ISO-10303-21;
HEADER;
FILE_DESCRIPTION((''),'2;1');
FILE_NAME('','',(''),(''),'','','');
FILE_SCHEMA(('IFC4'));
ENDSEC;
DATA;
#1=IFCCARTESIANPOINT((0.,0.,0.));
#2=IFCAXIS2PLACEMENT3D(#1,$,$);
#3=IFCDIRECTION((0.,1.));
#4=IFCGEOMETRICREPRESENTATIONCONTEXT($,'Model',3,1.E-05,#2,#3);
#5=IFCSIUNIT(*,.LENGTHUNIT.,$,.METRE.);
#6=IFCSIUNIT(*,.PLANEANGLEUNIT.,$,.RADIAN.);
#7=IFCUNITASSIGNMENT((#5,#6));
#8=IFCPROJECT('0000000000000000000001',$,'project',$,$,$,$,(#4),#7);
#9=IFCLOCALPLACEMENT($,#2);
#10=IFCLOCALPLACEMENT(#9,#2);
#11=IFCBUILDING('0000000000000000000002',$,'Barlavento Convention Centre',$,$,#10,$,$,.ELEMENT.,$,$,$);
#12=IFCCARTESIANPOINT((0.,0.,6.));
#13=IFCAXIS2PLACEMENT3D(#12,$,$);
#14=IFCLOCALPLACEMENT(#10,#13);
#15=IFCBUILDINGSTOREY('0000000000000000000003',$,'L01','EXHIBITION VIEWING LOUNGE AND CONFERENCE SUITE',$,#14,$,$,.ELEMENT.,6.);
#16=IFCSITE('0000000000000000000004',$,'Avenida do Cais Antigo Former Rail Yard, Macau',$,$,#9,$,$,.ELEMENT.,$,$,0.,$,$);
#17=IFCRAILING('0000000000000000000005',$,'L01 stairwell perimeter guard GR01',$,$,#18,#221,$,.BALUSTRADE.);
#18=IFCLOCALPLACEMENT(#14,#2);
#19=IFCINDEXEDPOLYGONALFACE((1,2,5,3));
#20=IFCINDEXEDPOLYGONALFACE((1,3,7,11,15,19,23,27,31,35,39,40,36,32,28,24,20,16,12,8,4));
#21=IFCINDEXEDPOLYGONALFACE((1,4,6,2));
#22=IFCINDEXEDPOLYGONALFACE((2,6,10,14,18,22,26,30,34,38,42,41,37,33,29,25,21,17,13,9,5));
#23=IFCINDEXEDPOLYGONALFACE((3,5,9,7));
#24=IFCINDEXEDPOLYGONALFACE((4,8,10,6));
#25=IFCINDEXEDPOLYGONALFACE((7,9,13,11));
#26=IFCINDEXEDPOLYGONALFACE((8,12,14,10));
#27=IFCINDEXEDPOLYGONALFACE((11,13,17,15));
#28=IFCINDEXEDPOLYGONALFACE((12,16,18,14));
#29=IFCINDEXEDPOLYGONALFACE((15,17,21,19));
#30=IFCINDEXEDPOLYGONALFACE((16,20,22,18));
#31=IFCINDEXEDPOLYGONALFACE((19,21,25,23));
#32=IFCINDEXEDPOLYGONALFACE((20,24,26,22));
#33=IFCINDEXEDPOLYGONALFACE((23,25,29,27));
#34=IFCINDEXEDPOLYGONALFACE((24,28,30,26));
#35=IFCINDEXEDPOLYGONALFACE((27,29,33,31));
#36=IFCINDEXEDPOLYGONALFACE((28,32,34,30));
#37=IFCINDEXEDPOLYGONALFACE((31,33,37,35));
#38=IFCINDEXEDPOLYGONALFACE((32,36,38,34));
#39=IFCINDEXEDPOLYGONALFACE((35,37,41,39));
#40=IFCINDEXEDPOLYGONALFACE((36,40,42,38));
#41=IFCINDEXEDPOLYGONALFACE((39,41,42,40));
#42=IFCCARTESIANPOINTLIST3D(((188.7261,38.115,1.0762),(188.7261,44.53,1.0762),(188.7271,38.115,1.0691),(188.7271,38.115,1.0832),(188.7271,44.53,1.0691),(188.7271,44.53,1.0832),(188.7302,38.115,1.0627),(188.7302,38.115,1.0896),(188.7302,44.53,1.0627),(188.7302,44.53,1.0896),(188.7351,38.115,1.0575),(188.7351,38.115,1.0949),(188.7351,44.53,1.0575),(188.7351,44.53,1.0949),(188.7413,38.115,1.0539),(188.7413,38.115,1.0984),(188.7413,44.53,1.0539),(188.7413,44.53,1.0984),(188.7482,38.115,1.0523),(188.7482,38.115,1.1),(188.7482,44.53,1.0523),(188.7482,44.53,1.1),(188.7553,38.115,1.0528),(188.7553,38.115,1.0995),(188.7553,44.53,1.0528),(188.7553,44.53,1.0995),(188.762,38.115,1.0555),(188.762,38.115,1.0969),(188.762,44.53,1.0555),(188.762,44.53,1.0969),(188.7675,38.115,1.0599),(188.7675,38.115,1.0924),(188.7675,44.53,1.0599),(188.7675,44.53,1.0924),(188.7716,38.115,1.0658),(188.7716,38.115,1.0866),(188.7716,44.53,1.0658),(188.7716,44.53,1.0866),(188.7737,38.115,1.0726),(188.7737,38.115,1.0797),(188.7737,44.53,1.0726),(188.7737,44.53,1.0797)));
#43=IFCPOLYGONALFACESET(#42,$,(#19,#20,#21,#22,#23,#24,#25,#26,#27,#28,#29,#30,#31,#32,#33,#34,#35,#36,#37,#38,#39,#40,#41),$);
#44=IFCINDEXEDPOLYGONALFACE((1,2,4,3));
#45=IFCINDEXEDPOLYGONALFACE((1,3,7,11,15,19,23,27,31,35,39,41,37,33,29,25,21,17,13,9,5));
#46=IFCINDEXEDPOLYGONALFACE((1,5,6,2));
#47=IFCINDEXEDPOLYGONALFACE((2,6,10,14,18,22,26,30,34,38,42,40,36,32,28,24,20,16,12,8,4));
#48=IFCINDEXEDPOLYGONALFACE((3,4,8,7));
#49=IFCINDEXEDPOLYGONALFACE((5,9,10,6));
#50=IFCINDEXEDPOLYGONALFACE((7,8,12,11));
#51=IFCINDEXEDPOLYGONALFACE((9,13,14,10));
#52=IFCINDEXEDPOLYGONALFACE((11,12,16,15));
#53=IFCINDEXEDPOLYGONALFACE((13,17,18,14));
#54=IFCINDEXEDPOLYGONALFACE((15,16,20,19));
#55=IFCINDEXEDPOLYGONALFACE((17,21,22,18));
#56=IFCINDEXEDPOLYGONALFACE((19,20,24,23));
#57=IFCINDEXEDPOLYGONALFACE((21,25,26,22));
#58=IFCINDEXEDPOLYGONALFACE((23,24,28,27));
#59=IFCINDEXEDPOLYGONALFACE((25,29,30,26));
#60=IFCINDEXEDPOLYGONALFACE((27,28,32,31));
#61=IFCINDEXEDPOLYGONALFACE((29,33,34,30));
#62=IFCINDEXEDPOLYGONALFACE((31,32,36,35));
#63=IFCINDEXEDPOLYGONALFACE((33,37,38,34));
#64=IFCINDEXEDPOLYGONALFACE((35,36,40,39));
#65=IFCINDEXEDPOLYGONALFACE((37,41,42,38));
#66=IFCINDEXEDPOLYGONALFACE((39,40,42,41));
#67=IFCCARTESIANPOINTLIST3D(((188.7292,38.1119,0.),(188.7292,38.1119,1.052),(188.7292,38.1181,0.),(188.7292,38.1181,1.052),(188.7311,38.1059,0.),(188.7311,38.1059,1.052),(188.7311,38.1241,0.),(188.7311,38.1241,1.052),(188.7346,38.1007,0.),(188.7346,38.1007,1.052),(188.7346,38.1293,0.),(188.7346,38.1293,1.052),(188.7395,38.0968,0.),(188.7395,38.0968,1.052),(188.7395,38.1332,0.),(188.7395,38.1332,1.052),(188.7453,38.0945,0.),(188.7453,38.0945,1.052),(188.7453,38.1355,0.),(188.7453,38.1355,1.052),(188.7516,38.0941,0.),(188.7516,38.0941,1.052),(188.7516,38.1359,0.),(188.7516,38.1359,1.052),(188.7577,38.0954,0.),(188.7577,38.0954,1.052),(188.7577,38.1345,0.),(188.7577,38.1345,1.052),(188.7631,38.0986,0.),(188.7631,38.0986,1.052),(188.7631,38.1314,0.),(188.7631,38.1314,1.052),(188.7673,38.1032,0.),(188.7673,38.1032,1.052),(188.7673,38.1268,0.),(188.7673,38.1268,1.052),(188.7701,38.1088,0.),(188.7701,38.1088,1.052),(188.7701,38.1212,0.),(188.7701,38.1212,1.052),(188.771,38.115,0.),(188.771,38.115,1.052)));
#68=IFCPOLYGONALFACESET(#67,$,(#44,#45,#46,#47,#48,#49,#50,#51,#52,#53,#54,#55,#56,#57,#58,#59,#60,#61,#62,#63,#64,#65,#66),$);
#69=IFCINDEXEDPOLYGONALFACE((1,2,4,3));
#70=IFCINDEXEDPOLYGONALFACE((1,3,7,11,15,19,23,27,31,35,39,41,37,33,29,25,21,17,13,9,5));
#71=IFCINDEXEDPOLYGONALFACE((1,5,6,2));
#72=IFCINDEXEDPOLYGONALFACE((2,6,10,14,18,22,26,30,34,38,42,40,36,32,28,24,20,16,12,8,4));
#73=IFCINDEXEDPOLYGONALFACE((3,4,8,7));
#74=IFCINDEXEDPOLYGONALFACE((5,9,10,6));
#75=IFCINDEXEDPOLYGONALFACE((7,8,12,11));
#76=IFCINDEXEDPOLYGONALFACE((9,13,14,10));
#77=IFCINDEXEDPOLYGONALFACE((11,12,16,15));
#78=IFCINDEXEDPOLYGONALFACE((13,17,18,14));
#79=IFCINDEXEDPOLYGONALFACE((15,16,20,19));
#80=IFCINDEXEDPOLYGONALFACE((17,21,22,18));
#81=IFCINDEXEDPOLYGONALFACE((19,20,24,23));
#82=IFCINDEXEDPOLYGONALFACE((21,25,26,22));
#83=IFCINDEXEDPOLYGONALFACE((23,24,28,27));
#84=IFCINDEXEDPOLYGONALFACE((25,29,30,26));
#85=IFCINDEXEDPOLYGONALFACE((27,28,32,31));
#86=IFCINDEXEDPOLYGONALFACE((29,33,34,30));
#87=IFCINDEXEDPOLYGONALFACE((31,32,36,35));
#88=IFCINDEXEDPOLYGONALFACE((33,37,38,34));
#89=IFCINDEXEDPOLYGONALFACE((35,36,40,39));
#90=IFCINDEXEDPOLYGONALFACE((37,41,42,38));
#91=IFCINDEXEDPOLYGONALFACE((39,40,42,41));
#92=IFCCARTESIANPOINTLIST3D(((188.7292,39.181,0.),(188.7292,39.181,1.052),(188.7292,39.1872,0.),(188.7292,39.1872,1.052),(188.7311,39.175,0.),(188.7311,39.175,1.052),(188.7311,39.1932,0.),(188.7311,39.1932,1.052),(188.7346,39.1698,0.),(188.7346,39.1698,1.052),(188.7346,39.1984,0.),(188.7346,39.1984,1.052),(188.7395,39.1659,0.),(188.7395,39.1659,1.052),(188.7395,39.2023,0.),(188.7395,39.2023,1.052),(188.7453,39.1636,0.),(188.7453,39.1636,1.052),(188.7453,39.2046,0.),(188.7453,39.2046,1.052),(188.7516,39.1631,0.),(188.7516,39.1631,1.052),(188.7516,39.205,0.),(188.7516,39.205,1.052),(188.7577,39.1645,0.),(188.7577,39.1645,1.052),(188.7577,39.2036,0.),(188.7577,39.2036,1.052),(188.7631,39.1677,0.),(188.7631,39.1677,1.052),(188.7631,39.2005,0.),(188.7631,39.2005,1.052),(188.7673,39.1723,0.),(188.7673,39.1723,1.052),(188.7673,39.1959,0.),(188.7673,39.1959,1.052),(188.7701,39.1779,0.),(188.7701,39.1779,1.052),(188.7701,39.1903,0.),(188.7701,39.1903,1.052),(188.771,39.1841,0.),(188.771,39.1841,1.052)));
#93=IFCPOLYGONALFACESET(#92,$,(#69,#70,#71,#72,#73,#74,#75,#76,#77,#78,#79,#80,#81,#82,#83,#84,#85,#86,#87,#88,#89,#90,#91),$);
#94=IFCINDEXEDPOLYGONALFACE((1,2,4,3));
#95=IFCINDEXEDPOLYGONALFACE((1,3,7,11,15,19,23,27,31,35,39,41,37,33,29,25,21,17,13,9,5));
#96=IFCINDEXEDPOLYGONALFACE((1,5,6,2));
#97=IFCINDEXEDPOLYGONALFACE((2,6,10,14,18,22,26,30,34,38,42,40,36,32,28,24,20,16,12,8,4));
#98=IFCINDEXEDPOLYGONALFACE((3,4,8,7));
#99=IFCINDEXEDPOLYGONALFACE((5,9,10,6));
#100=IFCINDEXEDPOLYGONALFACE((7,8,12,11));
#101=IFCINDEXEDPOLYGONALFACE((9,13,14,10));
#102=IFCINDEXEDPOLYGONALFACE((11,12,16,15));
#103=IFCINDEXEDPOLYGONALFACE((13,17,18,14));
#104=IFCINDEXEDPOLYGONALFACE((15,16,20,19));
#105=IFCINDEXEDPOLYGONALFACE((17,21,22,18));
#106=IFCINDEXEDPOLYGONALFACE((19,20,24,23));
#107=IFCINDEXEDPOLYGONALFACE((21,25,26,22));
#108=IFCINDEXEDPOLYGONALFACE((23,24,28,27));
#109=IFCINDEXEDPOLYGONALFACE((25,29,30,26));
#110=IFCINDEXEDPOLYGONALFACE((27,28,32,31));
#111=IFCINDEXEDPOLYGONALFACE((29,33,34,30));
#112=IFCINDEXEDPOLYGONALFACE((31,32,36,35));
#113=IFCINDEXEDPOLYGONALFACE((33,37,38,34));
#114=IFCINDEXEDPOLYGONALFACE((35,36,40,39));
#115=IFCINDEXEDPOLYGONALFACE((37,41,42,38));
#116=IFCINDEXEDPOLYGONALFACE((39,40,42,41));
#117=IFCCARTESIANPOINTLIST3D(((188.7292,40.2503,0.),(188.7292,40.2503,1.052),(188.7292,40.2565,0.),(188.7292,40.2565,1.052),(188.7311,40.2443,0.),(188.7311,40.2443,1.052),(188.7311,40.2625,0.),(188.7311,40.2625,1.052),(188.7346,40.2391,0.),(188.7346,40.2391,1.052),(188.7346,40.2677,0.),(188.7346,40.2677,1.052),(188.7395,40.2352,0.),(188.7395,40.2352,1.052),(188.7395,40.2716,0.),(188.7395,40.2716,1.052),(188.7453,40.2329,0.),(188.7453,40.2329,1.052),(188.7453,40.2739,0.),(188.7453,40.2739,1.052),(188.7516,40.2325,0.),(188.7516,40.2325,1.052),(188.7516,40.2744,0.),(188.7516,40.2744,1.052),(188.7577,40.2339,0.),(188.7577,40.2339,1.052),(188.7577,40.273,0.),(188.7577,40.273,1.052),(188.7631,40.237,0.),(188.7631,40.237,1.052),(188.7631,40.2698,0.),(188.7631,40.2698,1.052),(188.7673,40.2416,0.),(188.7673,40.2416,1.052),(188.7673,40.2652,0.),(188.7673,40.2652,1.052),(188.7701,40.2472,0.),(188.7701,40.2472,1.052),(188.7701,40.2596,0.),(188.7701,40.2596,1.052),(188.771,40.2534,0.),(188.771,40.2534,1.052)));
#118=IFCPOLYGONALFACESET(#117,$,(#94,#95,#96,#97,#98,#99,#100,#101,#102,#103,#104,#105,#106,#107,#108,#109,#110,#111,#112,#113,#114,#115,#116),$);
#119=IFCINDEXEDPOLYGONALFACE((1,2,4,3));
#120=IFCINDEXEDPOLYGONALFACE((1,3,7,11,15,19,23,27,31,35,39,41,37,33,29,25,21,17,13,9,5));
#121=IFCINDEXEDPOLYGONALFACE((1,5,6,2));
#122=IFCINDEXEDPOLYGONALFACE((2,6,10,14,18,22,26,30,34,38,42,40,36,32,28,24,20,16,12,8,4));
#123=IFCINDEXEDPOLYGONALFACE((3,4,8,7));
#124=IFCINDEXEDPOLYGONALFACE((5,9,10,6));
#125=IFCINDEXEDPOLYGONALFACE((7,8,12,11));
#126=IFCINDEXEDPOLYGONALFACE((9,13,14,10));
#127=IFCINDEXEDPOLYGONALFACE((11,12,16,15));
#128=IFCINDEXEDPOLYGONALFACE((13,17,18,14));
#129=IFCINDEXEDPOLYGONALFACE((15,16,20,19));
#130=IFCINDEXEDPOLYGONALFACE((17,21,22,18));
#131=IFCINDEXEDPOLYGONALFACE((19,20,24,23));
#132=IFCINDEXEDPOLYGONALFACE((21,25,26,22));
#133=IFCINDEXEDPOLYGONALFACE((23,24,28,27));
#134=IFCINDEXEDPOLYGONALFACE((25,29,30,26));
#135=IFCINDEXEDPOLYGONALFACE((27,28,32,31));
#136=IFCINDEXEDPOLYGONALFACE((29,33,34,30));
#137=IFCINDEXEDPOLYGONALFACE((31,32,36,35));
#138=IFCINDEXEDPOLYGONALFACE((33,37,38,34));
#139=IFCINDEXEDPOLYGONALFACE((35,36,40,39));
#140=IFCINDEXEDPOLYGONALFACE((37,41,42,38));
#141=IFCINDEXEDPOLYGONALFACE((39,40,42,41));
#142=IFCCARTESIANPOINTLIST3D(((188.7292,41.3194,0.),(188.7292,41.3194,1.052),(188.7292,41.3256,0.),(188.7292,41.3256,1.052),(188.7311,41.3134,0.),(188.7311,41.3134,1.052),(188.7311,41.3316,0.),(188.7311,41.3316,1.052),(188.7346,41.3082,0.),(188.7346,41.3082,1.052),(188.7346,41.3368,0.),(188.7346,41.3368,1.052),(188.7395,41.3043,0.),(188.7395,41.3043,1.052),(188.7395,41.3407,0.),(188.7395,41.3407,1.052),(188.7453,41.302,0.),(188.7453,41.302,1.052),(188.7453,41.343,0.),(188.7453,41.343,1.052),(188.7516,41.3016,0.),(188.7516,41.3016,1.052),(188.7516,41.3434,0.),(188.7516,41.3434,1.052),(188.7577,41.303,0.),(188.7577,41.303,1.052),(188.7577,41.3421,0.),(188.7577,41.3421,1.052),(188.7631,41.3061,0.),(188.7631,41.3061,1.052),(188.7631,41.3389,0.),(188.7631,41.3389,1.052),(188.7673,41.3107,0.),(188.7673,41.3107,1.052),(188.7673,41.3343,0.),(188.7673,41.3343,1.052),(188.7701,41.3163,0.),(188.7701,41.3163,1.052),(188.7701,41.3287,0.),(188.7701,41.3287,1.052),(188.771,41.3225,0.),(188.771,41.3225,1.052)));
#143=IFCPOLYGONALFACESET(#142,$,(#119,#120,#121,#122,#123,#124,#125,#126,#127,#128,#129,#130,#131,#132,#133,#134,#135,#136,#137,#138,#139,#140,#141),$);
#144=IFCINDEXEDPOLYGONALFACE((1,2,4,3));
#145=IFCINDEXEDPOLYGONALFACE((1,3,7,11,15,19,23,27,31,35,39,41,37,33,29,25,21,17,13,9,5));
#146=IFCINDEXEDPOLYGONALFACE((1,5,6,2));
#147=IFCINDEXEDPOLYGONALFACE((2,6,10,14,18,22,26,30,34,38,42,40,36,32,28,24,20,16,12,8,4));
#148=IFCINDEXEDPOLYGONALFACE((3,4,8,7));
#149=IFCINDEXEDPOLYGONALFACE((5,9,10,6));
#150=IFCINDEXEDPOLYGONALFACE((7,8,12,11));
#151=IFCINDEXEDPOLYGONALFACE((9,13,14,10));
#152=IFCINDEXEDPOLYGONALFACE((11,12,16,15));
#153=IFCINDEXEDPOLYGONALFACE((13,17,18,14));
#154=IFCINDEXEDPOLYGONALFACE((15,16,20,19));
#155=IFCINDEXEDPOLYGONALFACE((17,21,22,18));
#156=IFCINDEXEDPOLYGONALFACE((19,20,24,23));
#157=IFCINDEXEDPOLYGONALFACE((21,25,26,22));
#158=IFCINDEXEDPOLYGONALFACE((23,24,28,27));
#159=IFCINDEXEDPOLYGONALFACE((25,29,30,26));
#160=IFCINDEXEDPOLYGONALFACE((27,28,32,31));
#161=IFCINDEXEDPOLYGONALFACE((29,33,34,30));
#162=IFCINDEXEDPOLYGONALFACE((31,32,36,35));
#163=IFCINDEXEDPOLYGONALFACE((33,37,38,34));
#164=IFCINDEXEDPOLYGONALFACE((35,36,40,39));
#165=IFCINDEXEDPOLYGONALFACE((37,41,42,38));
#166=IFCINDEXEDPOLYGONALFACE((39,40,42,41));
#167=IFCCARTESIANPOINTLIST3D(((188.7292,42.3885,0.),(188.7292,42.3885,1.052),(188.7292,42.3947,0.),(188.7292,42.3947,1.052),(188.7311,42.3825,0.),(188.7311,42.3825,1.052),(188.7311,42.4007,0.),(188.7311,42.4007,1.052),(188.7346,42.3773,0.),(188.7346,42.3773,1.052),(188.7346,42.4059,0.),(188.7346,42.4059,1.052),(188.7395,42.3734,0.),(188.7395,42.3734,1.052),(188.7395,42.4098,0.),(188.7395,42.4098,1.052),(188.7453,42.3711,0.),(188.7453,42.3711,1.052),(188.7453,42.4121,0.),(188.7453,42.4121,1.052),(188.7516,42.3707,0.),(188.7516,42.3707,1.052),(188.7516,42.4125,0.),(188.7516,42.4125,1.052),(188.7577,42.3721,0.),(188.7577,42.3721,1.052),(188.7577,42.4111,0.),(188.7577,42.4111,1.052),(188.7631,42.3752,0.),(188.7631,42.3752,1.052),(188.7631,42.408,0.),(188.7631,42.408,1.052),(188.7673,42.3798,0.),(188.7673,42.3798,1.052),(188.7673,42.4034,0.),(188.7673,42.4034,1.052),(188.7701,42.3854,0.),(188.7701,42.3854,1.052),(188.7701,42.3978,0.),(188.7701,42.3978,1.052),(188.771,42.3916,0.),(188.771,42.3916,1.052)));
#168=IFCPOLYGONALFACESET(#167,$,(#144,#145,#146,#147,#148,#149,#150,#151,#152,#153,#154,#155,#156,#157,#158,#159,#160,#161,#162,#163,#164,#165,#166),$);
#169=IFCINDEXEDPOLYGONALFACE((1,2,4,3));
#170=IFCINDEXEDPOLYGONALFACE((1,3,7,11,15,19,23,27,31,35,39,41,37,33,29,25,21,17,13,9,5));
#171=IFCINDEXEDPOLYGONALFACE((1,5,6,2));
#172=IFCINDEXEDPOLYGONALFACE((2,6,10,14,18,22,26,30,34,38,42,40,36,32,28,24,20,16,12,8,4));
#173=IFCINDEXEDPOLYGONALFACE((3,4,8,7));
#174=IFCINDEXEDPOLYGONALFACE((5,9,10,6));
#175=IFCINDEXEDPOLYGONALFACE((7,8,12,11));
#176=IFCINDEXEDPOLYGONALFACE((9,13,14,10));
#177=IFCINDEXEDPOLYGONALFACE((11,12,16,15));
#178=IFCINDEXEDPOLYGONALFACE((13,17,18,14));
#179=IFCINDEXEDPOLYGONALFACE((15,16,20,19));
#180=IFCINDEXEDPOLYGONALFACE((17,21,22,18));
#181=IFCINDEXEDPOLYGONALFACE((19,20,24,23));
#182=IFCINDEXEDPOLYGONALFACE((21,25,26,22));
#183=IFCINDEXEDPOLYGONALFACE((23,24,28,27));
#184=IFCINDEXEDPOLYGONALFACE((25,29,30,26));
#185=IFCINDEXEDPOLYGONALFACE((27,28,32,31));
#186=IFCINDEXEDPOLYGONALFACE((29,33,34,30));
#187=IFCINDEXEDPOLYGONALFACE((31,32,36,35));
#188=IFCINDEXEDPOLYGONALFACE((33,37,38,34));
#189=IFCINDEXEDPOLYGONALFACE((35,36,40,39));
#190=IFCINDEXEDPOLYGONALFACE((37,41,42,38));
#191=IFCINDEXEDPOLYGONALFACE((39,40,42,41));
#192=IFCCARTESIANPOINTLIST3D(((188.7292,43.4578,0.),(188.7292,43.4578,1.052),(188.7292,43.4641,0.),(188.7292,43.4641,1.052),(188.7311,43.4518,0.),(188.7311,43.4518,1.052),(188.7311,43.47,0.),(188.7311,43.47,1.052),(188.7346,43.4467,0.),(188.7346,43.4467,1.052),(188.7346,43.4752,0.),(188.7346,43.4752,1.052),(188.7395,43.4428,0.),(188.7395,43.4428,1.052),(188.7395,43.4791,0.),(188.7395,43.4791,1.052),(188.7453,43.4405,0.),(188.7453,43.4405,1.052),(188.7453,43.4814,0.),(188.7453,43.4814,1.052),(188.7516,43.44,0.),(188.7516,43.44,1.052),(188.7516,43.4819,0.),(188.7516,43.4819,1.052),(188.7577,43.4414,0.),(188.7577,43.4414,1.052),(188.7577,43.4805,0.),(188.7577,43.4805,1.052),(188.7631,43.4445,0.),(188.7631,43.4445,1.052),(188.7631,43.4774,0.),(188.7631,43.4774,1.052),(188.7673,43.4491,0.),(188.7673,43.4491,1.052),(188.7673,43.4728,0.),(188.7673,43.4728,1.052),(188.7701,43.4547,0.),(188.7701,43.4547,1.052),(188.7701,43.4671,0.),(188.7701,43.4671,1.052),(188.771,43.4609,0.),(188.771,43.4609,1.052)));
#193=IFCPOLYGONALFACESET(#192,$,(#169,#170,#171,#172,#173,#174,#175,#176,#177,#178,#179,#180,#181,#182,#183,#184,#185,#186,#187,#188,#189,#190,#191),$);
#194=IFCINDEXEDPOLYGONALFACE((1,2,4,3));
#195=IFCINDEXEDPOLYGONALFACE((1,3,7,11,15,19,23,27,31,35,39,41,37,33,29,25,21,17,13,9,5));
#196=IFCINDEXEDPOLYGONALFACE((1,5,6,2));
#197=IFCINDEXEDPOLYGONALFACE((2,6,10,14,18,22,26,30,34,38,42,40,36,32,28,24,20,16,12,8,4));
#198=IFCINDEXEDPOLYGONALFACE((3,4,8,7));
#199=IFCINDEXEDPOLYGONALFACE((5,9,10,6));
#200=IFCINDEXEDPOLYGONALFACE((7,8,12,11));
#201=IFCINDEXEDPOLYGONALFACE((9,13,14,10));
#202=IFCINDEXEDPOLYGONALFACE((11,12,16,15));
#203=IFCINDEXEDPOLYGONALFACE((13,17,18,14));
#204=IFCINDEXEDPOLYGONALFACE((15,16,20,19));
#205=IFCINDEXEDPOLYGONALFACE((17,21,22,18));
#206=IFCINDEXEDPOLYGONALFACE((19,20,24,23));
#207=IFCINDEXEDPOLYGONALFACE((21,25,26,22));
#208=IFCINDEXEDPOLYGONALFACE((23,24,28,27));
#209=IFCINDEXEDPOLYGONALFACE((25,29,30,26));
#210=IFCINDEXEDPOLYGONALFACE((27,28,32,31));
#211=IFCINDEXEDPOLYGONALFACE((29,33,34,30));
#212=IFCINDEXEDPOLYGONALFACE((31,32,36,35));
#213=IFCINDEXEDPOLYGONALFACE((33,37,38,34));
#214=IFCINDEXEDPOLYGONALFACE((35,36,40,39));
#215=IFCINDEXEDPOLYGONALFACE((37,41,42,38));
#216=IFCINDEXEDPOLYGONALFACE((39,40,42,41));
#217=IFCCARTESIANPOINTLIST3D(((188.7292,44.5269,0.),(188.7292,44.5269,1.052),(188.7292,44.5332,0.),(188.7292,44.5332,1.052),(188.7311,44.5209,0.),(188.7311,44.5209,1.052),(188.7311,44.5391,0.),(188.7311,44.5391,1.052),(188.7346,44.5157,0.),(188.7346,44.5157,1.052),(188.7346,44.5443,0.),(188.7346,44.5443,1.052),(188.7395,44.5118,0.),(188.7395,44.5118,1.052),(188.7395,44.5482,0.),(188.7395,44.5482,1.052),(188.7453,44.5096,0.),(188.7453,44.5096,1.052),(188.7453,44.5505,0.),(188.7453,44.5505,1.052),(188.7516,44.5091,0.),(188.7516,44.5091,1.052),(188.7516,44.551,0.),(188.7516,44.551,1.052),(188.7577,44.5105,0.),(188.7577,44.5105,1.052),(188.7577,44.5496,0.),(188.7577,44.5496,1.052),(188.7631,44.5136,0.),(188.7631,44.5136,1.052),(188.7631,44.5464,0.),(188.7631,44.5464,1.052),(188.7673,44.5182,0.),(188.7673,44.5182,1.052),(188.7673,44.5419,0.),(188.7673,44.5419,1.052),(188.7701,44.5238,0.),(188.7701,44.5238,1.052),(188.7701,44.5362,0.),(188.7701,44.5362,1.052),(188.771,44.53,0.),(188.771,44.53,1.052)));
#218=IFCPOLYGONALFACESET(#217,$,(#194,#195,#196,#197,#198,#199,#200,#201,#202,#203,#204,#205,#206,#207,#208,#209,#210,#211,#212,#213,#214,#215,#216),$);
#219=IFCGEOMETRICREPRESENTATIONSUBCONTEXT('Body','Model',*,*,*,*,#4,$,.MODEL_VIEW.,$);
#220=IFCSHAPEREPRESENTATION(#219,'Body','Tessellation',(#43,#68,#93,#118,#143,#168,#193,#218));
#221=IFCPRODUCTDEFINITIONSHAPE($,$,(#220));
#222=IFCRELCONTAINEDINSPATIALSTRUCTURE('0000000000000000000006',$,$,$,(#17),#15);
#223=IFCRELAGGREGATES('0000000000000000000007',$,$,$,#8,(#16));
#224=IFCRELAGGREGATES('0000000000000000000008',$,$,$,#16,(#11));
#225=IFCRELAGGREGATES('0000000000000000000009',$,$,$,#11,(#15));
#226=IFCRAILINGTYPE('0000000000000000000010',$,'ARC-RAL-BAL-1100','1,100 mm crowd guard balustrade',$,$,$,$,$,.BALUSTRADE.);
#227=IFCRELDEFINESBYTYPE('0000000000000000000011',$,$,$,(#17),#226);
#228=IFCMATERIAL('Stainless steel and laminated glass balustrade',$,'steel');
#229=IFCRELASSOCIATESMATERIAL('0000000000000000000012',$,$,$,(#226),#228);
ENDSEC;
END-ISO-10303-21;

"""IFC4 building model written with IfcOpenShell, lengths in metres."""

from ifc_helpers import new_model, si_unit, direction, frame, origin, origin_2d, place, context, subcontext, project, spatial, circle, extrude, material, type_object, element, save


model = new_model("IFC4")

# Units and contexts
model_context = context("Model", 3, precision=1e-05, world=origin(), true_north=direction((0.0, 1.0)))
body_context = subcontext(model_context, "Body", "Model", "MODEL_VIEW")
ifc_project = project(units=[si_unit("LENGTHUNIT", "METRE"), si_unit("PLANEANGLEUNIT", "RADIAN")], contexts=[model_context])

# Site, building, storey
site_placement = place(None, origin())
site = spatial("IfcSite", under=ifc_project, at=site_placement, Name="Avenida do Cais Antigo Former Rail Yard, Macau", CompositionType="ELEMENT", RefElevation=0.0)
building_placement = place(site_placement, origin())
building = spatial("IfcBuilding", under=site, at=building_placement, Name="Barlavento Convention Centre", CompositionType="ELEMENT")
storey_placement = place(building_placement, frame((0.0, 0.0, 6.0)))
storey = spatial("IfcBuildingStorey", under=building, at=storey_placement, Name="L01", Description="EXHIBITION VIEWING LOUNGE AND CONFERENCE SUITE", CompositionType="ELEMENT", Elevation=6.0)

# Railing
ifc_material_1 = material(Name="Stainless steel and laminated glass balustrade", Category="steel")
railing_type_1 = type_object("IfcRailingType", Name="ARC-RAL-BAL-1100", Description="1,100 mm crowd guard balustrade", PredefinedType="BALUSTRADE", material=ifc_material_1)
railing_1_placement = place(storey_placement, frame((188.75, 38.115, 0.0)))
element("IfcRailing", 1, at=railing_1_placement, inside=storey, type_object=railing_type_1, Name="L01 stairwell perimeter guard GR01", PredefinedType="BALUSTRADE", context=body_context, shape_type="SweptSolid", body=[
    extrude(circle(Radius=0.0239, at=origin_2d()), frame((0.0, 0.0, 1.0762), z_axis=(0.0, 1.0, 0.0), x_axis=(-1.0, 0.0, 0.0)), (0.0, 0.0, 1.0), 6.415),
    extrude(circle(Radius=0.021, at=origin_2d()), origin(), (0.0, 0.0, 1.0), 1.052),
    extrude(circle(Radius=0.021, at=origin_2d()), frame((0.0, 1.0691, 0.0)), (0.0, 0.0, 1.0), 1.052),
    extrude(circle(Radius=0.021, at=origin_2d()), frame((0.0, 2.1384, 0.0)), (0.0, 0.0, 1.0), 1.052),
    extrude(circle(Radius=0.021, at=origin_2d()), frame((0.0, 3.2075, 0.0)), (0.0, 0.0, 1.0), 1.052),
    extrude(circle(Radius=0.021, at=origin_2d()), frame((0.0, 4.2766, 0.0)), (0.0, 0.0, 1.0), 1.052),
    extrude(circle(Radius=0.021, at=origin_2d()), frame((0.0, 5.3459, 0.0)), (0.0, 0.0, 1.0), 1.052),
    extrude(circle(Radius=0.021, at=origin_2d()), frame((0.0, 6.415, 0.0)), (0.0, 0.0, 1.0), 1.052),
])

save(model, "model.ifc")
